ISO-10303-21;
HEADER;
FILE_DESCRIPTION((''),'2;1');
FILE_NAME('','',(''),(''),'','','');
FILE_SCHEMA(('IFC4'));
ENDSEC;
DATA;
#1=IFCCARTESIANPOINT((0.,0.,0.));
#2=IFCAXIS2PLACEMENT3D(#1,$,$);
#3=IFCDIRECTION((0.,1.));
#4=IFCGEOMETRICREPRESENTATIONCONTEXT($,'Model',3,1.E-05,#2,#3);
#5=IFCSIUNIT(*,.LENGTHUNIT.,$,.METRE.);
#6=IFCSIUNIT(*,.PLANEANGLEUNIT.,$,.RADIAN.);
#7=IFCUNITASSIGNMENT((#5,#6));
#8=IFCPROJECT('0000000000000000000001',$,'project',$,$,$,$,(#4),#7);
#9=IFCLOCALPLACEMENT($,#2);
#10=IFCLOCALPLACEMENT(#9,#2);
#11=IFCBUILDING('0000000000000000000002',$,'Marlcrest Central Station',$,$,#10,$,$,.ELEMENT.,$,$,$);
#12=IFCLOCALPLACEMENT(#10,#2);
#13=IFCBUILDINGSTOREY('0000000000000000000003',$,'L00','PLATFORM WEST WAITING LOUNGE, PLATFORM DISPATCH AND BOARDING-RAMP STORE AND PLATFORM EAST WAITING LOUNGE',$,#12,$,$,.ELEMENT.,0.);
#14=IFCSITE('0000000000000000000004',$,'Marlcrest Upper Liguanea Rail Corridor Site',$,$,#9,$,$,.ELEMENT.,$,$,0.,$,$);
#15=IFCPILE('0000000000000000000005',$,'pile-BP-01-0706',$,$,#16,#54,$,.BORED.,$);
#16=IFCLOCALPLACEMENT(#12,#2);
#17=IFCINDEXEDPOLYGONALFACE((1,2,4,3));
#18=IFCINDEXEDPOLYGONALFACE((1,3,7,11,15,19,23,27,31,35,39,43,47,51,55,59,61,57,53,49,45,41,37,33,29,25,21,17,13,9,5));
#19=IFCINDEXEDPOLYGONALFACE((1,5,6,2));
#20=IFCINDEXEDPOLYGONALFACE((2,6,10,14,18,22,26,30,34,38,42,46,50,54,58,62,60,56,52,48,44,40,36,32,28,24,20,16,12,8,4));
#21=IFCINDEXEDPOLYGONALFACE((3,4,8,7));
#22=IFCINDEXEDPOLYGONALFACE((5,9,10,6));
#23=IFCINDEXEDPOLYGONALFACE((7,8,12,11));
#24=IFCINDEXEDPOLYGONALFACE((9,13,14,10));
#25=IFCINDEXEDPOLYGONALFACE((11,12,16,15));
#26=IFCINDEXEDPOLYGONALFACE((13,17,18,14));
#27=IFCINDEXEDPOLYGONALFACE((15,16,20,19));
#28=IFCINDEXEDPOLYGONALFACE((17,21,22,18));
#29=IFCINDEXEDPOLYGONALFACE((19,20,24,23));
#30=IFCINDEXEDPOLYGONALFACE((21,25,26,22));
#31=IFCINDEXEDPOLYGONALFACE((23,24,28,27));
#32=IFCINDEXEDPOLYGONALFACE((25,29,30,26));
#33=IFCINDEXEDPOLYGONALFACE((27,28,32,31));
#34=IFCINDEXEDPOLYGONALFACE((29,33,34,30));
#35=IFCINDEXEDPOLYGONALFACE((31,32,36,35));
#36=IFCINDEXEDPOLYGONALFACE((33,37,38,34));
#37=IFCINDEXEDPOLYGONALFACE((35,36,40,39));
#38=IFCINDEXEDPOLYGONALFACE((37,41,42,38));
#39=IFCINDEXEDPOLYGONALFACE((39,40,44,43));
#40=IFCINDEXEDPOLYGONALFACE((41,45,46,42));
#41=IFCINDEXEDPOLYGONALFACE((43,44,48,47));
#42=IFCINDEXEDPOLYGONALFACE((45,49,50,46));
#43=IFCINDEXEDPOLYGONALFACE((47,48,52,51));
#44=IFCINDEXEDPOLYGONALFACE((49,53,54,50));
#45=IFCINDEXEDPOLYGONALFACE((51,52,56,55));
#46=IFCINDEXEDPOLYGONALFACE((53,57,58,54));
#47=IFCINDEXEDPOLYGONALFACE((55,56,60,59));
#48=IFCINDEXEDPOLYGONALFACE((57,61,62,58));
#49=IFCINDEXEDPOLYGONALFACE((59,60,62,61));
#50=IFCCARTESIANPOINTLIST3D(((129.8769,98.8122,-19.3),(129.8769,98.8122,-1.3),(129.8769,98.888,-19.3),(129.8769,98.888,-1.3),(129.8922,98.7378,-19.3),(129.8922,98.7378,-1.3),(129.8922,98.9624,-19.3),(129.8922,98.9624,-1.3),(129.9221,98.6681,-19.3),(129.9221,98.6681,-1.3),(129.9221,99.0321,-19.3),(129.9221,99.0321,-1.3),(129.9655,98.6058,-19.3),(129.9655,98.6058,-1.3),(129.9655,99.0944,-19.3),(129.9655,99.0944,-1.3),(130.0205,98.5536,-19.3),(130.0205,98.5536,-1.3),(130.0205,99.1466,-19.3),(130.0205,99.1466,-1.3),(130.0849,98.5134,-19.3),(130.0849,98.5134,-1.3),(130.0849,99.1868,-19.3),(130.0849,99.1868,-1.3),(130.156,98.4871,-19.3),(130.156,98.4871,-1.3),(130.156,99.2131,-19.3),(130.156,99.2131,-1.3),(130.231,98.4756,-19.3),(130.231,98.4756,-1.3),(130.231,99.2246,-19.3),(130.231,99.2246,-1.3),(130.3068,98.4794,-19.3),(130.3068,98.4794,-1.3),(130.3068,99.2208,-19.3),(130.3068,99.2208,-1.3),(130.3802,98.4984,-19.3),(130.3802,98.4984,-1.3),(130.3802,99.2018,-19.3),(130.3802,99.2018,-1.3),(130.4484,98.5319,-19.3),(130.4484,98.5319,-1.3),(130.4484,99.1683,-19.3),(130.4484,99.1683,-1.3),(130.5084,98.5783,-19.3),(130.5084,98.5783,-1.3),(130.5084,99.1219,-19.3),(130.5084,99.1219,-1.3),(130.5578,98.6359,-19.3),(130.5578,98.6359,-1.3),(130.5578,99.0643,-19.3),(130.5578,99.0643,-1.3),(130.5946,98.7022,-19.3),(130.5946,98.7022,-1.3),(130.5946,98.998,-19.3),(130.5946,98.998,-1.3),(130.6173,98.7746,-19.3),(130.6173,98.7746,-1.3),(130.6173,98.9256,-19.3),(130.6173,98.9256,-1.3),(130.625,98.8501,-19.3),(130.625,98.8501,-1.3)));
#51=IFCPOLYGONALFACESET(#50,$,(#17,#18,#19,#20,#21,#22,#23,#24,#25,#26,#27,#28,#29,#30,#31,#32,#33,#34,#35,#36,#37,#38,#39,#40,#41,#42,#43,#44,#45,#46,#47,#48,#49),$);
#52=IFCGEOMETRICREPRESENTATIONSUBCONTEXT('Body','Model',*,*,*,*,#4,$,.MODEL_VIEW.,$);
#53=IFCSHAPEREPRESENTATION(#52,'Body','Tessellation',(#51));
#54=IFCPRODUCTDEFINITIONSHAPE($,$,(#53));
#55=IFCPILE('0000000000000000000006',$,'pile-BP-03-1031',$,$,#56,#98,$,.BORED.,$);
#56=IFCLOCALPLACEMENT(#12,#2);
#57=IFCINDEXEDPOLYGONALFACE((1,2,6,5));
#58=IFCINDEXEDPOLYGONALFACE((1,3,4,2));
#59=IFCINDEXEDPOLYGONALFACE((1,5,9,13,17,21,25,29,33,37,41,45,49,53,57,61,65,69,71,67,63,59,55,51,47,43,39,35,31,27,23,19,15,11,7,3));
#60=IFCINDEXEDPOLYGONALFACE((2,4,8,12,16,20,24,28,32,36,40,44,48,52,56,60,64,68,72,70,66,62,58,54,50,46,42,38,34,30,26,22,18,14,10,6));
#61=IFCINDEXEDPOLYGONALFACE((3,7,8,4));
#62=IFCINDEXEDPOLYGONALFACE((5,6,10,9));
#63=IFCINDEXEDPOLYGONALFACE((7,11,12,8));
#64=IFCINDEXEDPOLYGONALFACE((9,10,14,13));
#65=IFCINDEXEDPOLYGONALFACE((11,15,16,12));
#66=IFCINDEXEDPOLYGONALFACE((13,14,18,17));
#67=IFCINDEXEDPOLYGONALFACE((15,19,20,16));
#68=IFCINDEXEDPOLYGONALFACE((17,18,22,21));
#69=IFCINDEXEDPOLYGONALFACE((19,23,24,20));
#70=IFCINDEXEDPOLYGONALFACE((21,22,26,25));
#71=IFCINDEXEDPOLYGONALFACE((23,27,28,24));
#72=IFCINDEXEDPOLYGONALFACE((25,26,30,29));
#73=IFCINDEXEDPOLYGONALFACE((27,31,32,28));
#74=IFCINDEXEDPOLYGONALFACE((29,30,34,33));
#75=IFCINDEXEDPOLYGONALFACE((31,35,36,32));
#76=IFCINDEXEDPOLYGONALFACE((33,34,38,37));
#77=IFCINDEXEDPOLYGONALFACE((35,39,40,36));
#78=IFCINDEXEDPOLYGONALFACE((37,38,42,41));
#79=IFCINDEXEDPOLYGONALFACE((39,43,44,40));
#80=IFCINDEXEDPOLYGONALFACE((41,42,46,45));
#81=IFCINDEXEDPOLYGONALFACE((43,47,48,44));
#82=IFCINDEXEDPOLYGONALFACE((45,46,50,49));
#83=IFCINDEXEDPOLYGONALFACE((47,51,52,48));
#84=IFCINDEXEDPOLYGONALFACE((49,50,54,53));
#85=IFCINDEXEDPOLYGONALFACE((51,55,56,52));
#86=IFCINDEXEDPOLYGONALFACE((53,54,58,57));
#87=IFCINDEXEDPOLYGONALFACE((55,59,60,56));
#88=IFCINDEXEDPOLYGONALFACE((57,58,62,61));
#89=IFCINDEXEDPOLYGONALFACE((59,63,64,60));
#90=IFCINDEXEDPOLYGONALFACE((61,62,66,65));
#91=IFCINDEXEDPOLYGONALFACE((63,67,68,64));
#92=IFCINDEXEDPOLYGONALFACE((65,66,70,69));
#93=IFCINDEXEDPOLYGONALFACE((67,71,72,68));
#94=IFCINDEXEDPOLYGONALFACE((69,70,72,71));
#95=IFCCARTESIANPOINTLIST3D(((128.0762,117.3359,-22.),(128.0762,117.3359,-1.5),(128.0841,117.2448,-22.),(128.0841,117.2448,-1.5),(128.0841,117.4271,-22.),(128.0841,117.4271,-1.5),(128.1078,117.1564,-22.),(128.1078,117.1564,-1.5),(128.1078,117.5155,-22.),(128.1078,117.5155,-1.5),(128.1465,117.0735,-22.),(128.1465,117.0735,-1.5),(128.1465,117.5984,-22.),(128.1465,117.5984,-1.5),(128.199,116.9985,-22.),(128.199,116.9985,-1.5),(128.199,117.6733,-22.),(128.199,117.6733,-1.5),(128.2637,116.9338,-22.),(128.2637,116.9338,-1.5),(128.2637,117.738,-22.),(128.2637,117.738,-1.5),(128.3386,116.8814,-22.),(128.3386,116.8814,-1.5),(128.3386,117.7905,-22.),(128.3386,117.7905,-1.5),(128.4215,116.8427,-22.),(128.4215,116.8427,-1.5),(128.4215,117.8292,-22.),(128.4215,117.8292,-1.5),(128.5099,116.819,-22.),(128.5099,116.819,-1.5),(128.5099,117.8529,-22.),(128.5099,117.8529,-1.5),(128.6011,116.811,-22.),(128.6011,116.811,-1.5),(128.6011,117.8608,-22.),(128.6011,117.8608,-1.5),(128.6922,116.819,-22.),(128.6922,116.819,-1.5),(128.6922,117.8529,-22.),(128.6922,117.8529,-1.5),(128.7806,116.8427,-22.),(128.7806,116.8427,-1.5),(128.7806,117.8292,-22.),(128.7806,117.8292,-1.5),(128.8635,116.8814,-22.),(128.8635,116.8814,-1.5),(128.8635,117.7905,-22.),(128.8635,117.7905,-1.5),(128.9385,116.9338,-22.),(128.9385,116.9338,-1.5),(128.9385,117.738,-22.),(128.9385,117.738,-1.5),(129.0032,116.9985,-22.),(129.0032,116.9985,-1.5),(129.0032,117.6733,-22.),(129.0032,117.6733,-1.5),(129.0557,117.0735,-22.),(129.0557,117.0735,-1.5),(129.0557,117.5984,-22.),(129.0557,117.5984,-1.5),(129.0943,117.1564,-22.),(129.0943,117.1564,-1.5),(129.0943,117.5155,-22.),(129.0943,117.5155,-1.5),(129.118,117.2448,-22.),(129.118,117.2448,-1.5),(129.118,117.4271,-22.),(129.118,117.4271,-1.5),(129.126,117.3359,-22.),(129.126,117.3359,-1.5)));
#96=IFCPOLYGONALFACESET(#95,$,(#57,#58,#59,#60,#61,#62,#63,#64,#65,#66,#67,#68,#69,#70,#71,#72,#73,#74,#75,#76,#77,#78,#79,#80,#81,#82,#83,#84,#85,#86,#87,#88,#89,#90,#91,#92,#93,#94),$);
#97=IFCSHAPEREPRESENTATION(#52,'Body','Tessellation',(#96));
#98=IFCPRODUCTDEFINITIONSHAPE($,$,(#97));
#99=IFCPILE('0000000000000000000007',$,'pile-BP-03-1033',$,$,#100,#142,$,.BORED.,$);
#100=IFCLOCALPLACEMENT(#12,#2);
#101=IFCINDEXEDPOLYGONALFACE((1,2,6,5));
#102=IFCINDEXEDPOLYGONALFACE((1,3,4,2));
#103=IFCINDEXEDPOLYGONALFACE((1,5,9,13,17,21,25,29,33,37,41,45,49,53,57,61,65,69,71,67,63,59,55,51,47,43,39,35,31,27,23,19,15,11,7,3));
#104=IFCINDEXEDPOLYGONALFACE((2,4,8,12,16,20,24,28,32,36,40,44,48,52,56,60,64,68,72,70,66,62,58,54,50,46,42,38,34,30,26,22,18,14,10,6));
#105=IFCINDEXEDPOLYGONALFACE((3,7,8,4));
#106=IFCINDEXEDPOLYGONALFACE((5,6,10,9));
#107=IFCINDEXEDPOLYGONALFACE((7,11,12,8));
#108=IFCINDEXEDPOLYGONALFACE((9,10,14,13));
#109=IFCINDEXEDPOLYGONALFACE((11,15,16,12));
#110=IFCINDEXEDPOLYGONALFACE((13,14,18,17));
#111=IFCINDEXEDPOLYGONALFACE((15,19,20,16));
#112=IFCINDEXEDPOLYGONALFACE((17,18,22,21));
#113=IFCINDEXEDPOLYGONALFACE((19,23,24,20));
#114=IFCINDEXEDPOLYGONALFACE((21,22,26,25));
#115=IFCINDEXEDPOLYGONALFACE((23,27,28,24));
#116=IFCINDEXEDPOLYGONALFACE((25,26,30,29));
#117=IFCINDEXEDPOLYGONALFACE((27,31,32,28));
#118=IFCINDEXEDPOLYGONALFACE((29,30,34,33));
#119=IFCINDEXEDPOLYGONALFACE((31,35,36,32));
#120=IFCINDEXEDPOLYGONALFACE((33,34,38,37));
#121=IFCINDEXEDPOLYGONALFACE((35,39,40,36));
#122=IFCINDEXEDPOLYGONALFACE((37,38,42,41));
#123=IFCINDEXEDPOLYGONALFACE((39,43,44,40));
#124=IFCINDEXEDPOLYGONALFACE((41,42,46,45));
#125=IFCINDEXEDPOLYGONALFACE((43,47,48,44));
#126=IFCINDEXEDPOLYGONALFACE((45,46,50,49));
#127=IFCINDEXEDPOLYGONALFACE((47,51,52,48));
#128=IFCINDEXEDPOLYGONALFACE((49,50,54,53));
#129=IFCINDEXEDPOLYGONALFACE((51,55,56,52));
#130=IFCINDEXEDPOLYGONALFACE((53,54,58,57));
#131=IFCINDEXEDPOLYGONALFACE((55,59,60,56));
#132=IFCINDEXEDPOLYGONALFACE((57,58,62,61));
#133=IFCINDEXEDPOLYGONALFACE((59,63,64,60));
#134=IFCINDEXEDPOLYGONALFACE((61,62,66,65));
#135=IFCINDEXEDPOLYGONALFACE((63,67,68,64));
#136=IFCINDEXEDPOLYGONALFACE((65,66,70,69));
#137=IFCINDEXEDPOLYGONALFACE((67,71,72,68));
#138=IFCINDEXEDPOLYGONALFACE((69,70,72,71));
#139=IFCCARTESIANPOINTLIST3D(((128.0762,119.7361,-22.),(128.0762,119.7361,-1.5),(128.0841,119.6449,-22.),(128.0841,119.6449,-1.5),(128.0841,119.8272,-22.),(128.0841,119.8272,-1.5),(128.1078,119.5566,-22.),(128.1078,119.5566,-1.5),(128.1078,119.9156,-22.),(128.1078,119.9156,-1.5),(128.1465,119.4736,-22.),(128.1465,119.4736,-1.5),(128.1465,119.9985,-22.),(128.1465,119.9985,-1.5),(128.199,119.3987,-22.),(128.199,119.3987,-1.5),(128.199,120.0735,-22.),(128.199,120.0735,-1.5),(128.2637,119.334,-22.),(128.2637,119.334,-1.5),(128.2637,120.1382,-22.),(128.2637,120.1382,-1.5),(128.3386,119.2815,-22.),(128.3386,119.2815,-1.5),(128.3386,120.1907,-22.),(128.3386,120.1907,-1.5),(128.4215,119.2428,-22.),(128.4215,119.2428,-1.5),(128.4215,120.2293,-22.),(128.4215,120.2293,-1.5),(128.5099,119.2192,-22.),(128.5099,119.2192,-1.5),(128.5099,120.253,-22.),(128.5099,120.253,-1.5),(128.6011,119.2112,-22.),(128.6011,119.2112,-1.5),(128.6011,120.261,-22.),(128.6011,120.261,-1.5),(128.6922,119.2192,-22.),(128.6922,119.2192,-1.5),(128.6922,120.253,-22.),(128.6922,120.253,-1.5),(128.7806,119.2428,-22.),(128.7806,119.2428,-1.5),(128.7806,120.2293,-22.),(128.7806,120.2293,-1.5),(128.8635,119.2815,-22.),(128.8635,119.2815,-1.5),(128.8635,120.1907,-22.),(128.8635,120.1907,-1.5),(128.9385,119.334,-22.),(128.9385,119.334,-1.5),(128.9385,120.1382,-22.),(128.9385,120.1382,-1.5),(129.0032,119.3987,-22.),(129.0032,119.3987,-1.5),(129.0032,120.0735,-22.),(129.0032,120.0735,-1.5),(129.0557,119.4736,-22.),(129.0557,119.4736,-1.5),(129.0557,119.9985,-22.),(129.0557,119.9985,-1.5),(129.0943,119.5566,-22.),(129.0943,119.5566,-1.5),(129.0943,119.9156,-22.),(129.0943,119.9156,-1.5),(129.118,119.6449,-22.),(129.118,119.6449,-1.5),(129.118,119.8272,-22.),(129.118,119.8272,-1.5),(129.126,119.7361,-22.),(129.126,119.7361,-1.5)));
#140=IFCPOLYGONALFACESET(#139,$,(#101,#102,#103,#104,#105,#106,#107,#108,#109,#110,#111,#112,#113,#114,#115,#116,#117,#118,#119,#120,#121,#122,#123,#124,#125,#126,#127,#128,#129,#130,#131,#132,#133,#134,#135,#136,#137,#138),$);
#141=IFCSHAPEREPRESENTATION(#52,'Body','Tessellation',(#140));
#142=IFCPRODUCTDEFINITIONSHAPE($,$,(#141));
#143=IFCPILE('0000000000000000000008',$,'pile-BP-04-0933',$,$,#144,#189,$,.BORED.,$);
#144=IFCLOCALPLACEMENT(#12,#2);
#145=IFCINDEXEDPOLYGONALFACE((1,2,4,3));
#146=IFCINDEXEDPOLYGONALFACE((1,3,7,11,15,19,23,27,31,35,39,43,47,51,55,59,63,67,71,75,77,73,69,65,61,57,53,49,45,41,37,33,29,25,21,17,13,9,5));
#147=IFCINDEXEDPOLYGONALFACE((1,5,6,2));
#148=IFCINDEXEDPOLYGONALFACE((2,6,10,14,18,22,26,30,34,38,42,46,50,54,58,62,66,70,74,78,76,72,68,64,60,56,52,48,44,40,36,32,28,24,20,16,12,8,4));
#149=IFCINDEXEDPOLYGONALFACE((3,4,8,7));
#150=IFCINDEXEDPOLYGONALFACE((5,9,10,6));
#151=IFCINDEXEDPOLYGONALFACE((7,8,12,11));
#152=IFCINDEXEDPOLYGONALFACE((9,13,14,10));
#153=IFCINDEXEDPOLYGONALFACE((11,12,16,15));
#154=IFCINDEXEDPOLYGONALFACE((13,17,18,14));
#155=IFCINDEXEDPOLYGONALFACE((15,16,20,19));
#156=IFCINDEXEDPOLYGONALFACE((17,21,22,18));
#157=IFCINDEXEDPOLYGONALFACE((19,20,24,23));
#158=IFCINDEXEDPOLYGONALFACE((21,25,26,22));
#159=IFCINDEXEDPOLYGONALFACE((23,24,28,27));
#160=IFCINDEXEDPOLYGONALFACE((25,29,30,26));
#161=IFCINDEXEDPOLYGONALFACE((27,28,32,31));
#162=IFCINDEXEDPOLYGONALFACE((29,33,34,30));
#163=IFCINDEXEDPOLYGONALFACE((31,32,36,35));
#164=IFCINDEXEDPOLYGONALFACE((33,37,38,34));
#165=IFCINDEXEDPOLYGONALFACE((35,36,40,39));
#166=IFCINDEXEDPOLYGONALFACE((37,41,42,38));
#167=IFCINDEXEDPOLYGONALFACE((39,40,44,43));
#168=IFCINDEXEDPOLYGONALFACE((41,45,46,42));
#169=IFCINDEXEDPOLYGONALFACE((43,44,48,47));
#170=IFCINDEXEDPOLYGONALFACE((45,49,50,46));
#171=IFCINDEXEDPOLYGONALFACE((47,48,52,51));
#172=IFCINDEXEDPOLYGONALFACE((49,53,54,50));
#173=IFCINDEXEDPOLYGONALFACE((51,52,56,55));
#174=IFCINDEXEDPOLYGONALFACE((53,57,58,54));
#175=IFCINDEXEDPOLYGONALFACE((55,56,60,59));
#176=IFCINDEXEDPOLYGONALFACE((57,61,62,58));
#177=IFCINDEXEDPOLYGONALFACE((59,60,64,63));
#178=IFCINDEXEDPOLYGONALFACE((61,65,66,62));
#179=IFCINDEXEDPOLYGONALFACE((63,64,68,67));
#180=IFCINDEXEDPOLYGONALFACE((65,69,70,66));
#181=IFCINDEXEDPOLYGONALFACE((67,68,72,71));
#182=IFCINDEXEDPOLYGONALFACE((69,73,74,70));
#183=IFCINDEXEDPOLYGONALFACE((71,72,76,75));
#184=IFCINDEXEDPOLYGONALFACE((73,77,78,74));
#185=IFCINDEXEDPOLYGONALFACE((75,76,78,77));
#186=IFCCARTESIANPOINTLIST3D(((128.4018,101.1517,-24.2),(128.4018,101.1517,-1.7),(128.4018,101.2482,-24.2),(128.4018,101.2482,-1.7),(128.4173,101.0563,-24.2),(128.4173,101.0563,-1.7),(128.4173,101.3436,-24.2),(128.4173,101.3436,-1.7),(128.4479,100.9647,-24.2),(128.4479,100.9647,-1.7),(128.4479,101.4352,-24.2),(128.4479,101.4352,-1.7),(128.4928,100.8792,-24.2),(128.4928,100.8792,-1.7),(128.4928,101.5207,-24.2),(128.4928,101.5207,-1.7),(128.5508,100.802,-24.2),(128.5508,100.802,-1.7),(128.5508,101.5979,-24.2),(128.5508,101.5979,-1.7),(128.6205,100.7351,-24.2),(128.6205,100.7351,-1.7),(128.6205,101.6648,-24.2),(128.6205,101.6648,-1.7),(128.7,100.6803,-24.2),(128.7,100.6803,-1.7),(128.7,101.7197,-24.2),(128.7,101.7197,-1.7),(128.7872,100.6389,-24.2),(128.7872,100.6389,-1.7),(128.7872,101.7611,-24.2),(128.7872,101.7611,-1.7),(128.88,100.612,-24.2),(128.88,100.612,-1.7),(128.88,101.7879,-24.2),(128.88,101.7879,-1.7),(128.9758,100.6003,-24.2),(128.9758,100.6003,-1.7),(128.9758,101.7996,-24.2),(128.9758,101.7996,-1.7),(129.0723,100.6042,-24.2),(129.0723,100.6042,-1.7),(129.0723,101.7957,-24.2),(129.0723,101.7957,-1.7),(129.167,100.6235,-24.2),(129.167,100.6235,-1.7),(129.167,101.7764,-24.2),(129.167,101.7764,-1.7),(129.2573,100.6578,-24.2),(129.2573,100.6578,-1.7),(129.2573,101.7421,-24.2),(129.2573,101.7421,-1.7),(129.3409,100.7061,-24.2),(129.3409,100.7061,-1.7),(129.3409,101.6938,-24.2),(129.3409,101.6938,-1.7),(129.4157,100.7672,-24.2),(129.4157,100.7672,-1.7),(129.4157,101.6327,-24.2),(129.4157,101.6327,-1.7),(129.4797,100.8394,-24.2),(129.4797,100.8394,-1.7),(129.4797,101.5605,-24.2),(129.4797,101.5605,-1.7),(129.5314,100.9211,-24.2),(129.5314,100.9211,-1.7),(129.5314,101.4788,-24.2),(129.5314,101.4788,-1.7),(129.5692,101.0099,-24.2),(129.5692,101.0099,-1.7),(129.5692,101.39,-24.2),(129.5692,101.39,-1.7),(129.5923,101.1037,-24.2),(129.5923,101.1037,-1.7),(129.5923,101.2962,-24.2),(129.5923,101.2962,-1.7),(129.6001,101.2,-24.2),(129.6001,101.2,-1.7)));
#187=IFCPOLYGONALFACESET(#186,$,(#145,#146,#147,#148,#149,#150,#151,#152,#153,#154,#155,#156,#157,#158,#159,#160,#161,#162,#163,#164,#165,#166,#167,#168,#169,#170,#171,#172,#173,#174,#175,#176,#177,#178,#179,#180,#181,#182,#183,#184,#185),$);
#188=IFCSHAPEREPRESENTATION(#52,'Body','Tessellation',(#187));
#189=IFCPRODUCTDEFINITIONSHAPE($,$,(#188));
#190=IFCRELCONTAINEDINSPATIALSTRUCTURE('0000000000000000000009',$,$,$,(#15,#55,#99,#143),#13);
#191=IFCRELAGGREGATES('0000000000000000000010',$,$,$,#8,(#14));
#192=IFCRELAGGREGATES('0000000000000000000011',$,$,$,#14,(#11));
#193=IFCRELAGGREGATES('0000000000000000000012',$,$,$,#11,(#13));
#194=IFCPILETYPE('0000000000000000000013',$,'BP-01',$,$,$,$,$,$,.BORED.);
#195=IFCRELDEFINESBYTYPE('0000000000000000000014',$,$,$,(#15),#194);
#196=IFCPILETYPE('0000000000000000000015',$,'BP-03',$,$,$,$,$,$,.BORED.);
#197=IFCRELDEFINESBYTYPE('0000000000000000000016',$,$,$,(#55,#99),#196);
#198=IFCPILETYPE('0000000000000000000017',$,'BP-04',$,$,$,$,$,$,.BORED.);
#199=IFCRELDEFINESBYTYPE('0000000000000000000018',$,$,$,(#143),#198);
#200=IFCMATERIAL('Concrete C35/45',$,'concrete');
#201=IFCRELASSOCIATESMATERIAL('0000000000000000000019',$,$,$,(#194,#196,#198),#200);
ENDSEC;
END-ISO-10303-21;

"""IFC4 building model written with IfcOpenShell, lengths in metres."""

from ifc_helpers import new_model, si_unit, direction, frame, origin, origin_2d, place, context, subcontext, project, spatial, circle, extrude, material, material_profile, profile_set, type_object, element, save


model = new_model("IFC4")

# Units and contexts
model_context = context("Model", 3, precision=1e-05, world=origin(), true_north=direction((0.0, 1.0)))
body_context = subcontext(model_context, "Body", "Model", "MODEL_VIEW")
ifc_project = project(units=[si_unit("LENGTHUNIT", "METRE"), si_unit("PLANEANGLEUNIT", "RADIAN")], contexts=[model_context])

# Site, building, storey
site_placement = place(None, origin())
site = spatial("IfcSite", under=ifc_project, at=site_placement, Name="Marlcrest Upper Liguanea Rail Corridor Site", CompositionType="ELEMENT", RefElevation=0.0)
building_placement = place(site_placement, origin())
building = spatial("IfcBuilding", under=site, at=building_placement, Name="Marlcrest Central Station", CompositionType="ELEMENT")
storey_placement = place(building_placement, origin())
storey = spatial("IfcBuildingStorey", under=building, at=storey_placement, Name="L00", Description="PLATFORM WEST WAITING LOUNGE, PLATFORM DISPATCH AND BOARDING-RAMP STORE AND PLATFORM EAST WAITING LOUNGE", CompositionType="ELEMENT", Elevation=0.0)

# Piles
ifc_material_1 = material(Name="Concrete C35/45", Category="concrete")
ifc_material_profile_1 = material_profile(ifc_material_1, circle(Radius=0.375, at=origin_2d()), Name="PILE D750")
ifc_profile_set_1 = profile_set([ifc_material_profile_1], Name="Concrete C35/45")
pile_type_1 = type_object("IfcPileType", Name="BP-01", PredefinedType="BORED", material=ifc_profile_set_1)
pile_placement = place(storey_placement, frame((130.25, 98.8501, -1.3), z_axis=(0.0, 0.0, -1.0), x_axis=(1.0, 0.0, 0.0)))
element("IfcPile", 1, at=pile_placement, inside=storey, type_object=pile_type_1, Name="pile-BP-01-0706", PredefinedType="BORED", context=body_context, shape_type="SweptSolid", body=[
    extrude(circle(Radius=0.375, at=origin_2d()), origin(), (0.0, 0.0, 1.0), 18.0),
])
ifc_material_profile_2 = material_profile(ifc_material_1, circle(Radius=0.5249, at=origin_2d()), Name="PILE D1050")
ifc_profile_set_2 = profile_set([ifc_material_profile_2], Name="Concrete C35/45")
pile_type_2 = type_object("IfcPileType", Name="BP-03", PredefinedType="BORED", material=ifc_profile_set_2)
for number, where, z_axis, x_axis, name in (
    (2, (128.6011, 117.3359, -1.5), (0.0, 0.0, -1.0), (1.0, 0.0, 0.0), "pile-BP-03-1031"),
    (3, (128.6011, 119.7361, -1.5), (0.0, 0.0, -1.0), (1.0, 0.0, 0.0), "pile-BP-03-1033"),
):
    element("IfcPile", number, at=place(storey_placement, frame(where, z_axis=z_axis, x_axis=x_axis)), inside=storey, type_object=pile_type_2, Name=name, PredefinedType="BORED", context=body_context, shape_type="SweptSolid", body=[
        extrude(circle(Radius=0.5249, at=origin_2d()), origin(), (0.0, 0.0, 1.0), 20.5),
    ])
ifc_material_profile_3 = material_profile(ifc_material_1, circle(Radius=0.6001, at=origin_2d()), Name="PILE D1200")
ifc_profile_set_3 = profile_set([ifc_material_profile_3], Name="Concrete C35/45")
pile_type_3 = type_object("IfcPileType", Name="BP-04", PredefinedType="BORED", material=ifc_profile_set_3)
for number, where, z_axis, x_axis, name in (
    (4, (129.0, 101.2, -1.7), (0.0, 0.0, -1.0), (1.0, 0.0, 0.0), "pile-BP-04-0933"),
):
    element("IfcPile", number, at=place(storey_placement, frame(where, z_axis=z_axis, x_axis=x_axis)), inside=storey, type_object=pile_type_3, Name=name, PredefinedType="BORED", context=body_context, shape_type="SweptSolid", body=[
        extrude(circle(Radius=0.6001, at=origin_2d()), origin(), (0.0, 0.0, 1.0), 22.5),
    ])

save(model, "model.ifc")
